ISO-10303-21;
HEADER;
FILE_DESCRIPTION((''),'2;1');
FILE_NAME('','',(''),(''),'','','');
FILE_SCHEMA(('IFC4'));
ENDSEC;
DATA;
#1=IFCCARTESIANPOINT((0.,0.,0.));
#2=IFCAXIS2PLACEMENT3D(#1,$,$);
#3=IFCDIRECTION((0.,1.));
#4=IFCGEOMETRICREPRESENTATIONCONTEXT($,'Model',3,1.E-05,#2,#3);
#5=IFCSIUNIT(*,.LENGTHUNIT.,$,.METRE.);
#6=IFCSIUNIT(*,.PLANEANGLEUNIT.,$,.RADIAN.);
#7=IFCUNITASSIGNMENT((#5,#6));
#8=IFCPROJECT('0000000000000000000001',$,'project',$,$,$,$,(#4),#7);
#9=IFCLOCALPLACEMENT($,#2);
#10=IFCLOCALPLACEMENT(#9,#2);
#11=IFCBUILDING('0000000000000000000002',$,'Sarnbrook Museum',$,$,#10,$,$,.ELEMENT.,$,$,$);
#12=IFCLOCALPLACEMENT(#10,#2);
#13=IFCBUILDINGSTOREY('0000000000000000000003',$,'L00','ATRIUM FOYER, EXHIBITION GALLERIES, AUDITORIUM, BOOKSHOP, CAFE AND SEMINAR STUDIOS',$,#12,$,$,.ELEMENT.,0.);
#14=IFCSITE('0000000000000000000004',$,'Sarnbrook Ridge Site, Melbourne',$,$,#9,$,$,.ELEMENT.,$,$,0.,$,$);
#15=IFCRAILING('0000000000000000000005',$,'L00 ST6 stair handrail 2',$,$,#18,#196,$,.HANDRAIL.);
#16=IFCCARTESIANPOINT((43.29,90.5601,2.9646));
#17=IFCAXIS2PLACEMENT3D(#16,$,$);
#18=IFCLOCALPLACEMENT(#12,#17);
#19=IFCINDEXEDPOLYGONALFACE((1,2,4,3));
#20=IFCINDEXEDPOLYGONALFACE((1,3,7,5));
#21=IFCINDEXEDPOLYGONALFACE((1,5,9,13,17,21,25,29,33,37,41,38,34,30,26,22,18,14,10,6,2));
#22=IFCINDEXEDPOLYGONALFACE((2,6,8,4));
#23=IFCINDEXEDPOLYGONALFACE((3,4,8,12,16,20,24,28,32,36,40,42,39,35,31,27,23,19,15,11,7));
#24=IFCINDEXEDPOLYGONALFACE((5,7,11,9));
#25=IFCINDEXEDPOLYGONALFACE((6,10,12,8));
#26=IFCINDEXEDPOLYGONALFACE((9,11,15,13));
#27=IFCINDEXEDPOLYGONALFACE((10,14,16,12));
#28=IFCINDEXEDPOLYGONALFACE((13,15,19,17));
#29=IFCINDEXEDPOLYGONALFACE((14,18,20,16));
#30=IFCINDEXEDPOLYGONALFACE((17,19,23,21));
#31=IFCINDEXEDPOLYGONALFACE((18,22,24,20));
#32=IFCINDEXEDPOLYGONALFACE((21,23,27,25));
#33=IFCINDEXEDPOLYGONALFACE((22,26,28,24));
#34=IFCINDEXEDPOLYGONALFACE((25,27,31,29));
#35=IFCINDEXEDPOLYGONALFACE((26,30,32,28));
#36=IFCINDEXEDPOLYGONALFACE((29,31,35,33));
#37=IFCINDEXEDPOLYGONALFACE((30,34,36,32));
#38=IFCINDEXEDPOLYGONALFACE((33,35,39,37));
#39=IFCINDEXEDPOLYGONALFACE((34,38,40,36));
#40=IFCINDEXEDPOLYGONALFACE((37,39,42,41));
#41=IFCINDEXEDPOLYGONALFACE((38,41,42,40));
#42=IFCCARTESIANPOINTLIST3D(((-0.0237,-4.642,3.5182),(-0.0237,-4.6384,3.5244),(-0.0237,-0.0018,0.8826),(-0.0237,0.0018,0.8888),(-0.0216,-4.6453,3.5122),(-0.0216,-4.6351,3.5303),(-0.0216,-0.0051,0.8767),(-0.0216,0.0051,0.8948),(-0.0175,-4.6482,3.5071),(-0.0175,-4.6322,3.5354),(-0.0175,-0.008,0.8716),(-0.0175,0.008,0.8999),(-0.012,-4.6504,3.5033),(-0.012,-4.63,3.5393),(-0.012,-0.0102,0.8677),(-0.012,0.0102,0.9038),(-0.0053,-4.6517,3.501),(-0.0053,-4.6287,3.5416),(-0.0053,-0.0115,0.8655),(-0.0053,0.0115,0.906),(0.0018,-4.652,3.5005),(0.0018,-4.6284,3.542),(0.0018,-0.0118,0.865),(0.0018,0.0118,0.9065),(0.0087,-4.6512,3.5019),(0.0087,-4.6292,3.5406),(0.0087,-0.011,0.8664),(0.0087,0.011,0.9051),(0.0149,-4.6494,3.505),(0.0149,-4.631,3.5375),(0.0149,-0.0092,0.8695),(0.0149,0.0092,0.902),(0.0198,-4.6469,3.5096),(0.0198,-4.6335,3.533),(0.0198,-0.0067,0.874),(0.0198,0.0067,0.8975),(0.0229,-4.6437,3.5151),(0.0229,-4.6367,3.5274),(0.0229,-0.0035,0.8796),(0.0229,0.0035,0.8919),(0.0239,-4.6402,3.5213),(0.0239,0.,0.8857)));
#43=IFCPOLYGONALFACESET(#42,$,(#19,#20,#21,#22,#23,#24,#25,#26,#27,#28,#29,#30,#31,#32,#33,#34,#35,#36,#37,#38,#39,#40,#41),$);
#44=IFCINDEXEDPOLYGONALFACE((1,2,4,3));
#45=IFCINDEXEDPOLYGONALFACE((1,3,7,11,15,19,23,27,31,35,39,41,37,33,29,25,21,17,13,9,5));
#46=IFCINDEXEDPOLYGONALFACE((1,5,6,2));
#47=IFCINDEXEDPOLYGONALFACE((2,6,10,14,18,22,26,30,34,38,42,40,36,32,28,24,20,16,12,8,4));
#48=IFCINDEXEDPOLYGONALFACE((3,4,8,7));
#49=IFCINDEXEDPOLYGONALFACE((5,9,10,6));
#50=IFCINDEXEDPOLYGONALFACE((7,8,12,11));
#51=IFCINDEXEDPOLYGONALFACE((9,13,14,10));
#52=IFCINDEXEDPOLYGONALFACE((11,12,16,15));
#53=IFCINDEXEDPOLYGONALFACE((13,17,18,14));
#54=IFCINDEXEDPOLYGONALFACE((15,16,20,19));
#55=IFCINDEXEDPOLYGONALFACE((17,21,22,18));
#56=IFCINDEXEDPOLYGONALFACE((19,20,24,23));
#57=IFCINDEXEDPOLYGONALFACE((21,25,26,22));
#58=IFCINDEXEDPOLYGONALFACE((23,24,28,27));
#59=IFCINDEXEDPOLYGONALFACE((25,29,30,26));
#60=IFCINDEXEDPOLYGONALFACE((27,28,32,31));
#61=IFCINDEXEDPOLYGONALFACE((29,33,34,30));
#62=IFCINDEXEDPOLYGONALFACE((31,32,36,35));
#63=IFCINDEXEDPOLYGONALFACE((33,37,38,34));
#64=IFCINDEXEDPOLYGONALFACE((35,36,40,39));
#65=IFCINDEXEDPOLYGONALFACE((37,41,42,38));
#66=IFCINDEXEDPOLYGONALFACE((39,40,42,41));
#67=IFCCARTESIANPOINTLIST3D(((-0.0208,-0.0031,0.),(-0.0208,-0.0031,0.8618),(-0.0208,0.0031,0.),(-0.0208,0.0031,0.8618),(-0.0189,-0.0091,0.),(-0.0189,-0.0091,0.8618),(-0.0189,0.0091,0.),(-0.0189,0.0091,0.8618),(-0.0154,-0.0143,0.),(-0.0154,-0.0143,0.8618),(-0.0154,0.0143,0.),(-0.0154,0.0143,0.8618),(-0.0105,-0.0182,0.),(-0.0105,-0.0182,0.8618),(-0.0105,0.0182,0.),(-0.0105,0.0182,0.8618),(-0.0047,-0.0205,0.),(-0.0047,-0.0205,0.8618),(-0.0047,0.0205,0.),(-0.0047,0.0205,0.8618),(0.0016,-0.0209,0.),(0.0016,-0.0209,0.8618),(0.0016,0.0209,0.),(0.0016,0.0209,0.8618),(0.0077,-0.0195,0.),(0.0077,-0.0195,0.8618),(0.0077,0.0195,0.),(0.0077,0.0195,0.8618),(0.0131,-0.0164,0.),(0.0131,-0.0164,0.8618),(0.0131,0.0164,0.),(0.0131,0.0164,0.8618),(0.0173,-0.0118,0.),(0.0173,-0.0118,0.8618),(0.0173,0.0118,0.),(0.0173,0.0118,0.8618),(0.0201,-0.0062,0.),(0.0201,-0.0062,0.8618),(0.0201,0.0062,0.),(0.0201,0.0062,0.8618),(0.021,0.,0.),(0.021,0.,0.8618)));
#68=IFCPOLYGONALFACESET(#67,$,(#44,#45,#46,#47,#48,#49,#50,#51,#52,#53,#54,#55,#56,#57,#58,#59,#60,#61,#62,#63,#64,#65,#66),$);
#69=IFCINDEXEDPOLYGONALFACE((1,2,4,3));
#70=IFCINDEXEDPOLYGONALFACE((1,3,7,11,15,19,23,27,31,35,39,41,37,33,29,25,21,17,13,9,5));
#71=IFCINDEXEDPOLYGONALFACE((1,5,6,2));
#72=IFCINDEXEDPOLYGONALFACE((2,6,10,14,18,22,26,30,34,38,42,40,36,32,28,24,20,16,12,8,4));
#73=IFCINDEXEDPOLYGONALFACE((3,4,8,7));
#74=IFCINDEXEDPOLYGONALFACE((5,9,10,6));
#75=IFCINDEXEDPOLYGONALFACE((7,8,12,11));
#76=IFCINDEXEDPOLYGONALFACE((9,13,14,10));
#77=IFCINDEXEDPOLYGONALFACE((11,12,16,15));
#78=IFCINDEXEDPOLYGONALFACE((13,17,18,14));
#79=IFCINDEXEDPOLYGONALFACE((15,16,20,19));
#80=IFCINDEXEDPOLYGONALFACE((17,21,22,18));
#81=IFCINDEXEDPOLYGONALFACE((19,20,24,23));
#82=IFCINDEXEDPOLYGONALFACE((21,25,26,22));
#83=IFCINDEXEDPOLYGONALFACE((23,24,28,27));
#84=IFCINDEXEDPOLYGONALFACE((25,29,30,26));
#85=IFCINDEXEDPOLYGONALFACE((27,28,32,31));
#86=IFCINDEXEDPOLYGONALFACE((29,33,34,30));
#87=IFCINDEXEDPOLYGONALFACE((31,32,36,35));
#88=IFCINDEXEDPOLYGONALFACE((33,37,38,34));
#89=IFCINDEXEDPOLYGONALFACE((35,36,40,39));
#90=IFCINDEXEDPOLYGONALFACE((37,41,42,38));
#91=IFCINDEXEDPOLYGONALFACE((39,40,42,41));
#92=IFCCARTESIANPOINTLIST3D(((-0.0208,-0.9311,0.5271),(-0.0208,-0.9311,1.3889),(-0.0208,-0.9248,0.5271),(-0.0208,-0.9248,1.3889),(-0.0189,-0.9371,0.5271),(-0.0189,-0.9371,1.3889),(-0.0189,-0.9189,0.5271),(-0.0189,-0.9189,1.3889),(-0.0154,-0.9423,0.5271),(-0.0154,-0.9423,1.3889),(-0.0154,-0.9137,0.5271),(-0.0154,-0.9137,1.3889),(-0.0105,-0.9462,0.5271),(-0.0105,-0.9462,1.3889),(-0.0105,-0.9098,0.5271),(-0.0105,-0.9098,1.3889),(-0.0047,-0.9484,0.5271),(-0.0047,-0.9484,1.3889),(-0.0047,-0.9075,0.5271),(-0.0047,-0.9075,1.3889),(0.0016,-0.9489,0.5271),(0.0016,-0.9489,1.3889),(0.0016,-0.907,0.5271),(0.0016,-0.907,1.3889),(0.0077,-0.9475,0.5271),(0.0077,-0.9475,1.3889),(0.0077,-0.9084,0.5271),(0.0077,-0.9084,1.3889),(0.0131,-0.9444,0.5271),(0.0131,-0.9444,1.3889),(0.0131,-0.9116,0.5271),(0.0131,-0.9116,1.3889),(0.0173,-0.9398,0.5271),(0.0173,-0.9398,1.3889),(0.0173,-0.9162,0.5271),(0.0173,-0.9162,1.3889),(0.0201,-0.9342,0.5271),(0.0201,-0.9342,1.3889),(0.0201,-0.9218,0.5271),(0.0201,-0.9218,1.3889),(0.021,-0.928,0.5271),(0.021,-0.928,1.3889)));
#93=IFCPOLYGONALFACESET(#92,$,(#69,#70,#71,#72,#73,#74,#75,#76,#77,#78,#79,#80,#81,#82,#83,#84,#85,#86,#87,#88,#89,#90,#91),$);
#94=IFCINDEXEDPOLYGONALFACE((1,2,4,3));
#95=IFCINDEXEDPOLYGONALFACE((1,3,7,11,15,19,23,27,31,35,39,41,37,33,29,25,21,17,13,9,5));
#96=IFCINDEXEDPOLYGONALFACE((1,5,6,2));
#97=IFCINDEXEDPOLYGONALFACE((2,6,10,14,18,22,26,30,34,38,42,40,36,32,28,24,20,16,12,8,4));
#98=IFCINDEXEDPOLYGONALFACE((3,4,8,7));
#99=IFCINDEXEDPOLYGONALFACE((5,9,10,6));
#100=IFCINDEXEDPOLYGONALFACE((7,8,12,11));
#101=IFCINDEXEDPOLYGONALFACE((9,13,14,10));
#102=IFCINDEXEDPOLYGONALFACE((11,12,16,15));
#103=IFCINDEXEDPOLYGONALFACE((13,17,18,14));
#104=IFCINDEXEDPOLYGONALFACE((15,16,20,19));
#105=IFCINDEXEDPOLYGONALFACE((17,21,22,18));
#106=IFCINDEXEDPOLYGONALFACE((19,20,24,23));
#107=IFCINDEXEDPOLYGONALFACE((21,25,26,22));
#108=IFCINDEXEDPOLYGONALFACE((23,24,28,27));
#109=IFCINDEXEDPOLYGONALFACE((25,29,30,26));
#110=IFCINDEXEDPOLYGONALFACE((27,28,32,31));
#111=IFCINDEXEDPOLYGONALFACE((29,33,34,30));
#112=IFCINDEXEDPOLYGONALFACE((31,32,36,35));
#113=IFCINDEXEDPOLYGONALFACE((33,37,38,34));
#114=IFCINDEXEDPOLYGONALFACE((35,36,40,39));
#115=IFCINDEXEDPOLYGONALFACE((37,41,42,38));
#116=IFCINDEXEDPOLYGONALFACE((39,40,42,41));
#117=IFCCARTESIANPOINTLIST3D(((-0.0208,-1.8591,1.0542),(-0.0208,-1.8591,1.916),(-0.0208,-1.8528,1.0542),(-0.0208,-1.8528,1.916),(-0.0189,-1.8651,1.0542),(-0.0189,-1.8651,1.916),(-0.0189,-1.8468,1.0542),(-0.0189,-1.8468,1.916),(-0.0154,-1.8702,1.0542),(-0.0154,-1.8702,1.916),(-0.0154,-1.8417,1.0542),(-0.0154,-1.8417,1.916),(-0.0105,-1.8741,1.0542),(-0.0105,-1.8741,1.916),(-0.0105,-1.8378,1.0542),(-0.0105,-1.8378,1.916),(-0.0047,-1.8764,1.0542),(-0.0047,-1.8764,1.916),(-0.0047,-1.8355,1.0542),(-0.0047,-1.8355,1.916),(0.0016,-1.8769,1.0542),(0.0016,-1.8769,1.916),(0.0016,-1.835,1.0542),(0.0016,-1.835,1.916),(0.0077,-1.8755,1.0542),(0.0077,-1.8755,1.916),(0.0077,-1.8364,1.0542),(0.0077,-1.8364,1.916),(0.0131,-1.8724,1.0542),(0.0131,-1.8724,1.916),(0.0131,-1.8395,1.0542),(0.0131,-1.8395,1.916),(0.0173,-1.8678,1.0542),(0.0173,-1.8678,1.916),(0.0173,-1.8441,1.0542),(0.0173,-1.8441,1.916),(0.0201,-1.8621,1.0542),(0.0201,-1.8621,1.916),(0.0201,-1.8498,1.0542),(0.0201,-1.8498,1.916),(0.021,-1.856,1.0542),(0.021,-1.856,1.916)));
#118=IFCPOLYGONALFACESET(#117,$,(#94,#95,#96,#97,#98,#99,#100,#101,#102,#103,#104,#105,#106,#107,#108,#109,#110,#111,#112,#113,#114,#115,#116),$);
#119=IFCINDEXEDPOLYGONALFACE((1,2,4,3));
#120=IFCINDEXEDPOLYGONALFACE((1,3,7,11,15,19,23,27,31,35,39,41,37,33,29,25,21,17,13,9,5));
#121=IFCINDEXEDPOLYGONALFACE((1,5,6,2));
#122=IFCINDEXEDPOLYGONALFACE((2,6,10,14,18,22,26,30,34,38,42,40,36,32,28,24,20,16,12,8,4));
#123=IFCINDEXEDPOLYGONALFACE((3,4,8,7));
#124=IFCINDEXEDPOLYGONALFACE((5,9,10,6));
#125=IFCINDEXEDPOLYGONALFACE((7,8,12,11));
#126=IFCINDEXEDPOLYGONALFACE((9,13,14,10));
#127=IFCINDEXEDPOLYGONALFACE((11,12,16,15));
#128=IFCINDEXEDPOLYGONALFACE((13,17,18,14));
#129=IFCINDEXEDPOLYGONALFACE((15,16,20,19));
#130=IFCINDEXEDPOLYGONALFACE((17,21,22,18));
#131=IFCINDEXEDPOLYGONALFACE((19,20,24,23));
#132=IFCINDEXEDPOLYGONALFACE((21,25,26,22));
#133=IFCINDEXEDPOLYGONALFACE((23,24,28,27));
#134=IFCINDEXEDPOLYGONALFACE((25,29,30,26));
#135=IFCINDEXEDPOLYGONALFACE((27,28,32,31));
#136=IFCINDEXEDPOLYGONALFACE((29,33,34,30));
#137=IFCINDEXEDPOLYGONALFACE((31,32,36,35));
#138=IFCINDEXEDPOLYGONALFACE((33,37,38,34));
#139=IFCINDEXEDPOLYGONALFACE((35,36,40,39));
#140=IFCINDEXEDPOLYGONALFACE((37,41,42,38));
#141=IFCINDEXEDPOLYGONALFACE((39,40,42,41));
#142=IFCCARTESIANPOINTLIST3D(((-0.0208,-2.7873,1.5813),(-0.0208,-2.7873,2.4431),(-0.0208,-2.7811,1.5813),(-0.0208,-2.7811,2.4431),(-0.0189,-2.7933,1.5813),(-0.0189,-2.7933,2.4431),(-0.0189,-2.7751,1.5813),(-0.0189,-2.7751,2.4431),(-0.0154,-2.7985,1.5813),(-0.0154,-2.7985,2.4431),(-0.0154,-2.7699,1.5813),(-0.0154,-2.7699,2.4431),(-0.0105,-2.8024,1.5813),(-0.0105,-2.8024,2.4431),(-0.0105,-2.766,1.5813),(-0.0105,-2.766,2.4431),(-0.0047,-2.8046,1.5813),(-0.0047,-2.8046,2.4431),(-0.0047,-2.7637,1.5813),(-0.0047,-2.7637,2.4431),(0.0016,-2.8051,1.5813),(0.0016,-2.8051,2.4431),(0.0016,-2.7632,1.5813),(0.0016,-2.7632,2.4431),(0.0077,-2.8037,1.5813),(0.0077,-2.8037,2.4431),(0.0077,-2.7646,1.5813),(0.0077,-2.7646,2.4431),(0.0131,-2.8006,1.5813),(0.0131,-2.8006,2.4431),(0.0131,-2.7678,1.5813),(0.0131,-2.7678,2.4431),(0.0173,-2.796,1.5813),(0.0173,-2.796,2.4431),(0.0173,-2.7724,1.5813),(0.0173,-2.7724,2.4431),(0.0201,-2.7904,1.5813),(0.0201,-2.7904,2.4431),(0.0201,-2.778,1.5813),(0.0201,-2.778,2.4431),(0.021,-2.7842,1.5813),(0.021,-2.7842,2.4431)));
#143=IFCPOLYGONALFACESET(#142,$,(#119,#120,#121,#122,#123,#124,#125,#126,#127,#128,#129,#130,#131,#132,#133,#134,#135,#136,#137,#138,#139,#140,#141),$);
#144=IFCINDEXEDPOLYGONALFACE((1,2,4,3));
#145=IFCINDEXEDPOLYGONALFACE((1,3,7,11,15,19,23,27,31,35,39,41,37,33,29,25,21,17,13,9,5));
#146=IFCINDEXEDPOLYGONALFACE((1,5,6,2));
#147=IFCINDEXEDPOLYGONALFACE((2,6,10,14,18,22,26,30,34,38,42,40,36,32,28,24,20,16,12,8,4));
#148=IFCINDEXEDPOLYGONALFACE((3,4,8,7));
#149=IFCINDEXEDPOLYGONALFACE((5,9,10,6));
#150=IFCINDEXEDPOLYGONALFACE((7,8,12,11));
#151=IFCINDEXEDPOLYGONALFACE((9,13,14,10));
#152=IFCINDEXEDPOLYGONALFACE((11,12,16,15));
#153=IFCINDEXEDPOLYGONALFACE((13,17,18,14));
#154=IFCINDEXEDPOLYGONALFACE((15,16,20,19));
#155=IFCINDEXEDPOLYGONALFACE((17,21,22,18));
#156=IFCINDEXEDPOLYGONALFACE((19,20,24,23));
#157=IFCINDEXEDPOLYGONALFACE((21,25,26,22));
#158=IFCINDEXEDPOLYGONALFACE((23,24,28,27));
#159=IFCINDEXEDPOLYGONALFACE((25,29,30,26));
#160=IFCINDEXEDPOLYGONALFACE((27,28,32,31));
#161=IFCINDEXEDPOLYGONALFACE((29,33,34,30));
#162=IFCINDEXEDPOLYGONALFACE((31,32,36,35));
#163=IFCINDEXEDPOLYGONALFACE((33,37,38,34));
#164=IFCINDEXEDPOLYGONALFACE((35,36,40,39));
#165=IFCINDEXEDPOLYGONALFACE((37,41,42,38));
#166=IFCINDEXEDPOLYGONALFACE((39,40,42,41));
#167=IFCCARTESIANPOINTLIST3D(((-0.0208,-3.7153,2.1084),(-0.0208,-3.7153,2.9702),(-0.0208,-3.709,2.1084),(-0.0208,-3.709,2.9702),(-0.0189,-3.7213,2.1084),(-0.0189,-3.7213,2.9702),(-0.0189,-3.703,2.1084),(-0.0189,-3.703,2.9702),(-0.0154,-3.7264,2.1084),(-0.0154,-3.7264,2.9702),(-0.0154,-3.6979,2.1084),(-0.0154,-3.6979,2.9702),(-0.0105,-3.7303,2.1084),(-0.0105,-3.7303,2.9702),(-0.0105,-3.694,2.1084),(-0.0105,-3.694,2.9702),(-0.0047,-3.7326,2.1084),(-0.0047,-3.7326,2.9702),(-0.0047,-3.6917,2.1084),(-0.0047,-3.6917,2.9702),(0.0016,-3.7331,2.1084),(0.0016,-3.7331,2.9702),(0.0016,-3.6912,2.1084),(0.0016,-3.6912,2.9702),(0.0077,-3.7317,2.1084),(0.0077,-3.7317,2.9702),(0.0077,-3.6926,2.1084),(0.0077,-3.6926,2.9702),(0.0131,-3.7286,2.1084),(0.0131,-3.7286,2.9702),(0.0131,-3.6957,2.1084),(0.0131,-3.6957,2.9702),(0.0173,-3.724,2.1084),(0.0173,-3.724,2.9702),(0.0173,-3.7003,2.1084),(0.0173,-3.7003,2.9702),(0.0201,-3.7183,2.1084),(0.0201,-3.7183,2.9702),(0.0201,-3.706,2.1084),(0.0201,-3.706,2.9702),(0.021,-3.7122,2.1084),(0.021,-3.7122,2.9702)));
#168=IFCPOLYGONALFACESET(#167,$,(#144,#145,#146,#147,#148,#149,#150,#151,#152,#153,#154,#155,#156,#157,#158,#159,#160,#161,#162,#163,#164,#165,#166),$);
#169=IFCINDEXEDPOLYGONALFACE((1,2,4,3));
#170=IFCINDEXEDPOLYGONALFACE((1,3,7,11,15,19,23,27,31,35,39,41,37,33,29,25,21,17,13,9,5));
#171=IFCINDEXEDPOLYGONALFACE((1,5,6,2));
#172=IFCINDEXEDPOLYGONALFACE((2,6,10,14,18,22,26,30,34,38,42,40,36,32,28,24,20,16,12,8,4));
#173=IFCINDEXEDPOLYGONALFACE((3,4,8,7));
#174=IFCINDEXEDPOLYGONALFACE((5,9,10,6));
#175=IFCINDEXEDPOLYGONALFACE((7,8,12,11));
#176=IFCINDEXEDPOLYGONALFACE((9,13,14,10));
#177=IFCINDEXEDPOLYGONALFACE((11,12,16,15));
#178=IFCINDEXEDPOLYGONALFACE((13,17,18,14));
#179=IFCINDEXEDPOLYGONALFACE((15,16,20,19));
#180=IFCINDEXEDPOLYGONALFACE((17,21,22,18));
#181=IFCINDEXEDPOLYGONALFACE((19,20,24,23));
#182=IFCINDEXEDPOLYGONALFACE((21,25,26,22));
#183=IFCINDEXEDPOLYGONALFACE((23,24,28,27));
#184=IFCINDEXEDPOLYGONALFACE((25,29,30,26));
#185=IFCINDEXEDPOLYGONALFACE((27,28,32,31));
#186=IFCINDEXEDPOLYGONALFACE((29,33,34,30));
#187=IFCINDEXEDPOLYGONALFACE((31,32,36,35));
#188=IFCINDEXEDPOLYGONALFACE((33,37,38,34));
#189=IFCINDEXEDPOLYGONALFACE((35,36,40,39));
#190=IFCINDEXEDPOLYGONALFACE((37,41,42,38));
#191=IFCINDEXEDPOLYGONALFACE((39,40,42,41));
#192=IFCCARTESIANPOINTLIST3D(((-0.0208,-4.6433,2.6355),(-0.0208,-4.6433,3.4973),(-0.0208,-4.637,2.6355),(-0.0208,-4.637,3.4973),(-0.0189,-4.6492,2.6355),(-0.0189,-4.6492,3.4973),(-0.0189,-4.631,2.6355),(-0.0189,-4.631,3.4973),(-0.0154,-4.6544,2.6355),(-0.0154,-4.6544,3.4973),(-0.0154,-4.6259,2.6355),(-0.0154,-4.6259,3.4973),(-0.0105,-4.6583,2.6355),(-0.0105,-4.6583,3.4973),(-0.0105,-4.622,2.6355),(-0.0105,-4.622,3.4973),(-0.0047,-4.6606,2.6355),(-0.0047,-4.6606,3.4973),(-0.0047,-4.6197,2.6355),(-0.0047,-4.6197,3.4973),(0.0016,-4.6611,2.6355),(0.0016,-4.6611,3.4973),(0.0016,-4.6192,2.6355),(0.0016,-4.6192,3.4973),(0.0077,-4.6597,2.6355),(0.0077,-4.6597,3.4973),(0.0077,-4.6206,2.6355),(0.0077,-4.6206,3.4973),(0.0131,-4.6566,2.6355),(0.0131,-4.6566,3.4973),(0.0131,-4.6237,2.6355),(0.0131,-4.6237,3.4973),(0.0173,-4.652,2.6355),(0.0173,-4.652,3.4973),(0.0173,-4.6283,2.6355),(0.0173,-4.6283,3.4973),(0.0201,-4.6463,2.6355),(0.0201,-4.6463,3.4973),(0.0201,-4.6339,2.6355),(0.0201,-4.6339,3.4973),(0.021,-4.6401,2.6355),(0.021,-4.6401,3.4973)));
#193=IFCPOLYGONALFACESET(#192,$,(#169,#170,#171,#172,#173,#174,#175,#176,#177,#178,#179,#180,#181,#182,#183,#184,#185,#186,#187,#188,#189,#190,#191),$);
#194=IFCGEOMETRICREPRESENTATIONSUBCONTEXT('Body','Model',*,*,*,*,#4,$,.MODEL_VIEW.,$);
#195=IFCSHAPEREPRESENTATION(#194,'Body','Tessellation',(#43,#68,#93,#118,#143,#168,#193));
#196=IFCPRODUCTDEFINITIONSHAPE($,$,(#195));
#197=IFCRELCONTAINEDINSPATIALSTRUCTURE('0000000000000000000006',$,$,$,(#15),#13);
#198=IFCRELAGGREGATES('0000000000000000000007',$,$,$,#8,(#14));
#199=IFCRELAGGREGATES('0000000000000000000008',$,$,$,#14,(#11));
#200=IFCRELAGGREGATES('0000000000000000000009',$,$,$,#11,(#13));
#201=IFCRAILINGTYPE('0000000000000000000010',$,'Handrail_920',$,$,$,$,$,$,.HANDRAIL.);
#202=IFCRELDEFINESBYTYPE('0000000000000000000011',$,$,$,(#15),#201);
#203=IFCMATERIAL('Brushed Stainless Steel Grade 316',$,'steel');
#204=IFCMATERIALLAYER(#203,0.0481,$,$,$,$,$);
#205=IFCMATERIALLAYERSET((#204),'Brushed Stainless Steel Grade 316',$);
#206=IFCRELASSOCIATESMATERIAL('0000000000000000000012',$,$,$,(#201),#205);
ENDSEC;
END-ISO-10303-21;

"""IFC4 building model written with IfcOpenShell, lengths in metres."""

from ifc_helpers import new_model, si_unit, direction, frame, origin, origin_2d, place, context, subcontext, project, spatial, circle, extrude, material, layer, layer_set, type_object, element, save


model = new_model("IFC4")

# Units and contexts
model_context = context("Model", 3, precision=1e-05, world=origin(), true_north=direction((0.0, 1.0)))
body_context = subcontext(model_context, "Body", "Model", "MODEL_VIEW")
ifc_project = project(units=[si_unit("LENGTHUNIT", "METRE"), si_unit("PLANEANGLEUNIT", "RADIAN")], contexts=[model_context])

# Site, building, storey
site_placement = place(None, origin())
site = spatial("IfcSite", under=ifc_project, at=site_placement, Name="Sarnbrook Ridge Site, Melbourne", CompositionType="ELEMENT", RefElevation=0.0)
building_placement = place(site_placement, origin())
building = spatial("IfcBuilding", under=site, at=building_placement, Name="Sarnbrook Museum", CompositionType="ELEMENT")
storey_placement = place(building_placement, origin())
storey = spatial("IfcBuildingStorey", under=building, at=storey_placement, Name="L00", Description="ATRIUM FOYER, EXHIBITION GALLERIES, AUDITORIUM, BOOKSHOP, CAFE AND SEMINAR STUDIOS", CompositionType="ELEMENT", Elevation=0.0)

# Shared definitions
ifc_material_1 = material(Name="Brushed Stainless Steel Grade 316", Category="steel")

# Railing
ifc_layer_1 = layer(ifc_material_1, 0.0481)
ifc_layer_set_1 = layer_set([ifc_layer_1], Name="Brushed Stainless Steel Grade 316")
railing_type_1 = type_object("IfcRailingType", Name="Handrail_920", PredefinedType="HANDRAIL", material=ifc_layer_set_1)
railing_1_placement = place(storey_placement, frame((43.29, 90.5601, 2.9646)))
element("IfcRailing", 1, at=railing_1_placement, inside=storey, type_object=railing_type_1, Name="L00 ST6 stair handrail 2", PredefinedType="HANDRAIL", context=body_context, shape_type="SweptSolid", body=[
    extrude(circle(Radius=0.0239, at=origin_2d()), frame((0.0, 0.0, 0.8857), z_axis=(0.0, -0.869532, 0.493876), x_axis=(1.0, 0.0, 0.0)), (0.0, 0.0, 1.0), 5.3364),
    extrude(circle(Radius=0.021, at=origin_2d()), origin(), (0.0, 0.0, 1.0), 0.8618),
    extrude(circle(Radius=0.021, at=origin_2d()), frame((0.0, -0.928, 0.5271)), (0.0, 0.0, 1.0), 0.8618),
    extrude(circle(Radius=0.021, at=origin_2d()), frame((0.0, -1.856, 1.0542)), (0.0, 0.0, 1.0), 0.8618),
    extrude(circle(Radius=0.021, at=origin_2d()), frame((0.0, -2.7842, 1.5813)), (0.0, 0.0, 1.0), 0.8618),
    extrude(circle(Radius=0.021, at=origin_2d()), frame((0.0, -3.7122, 2.1084)), (0.0, 0.0, 1.0), 0.8618),
    extrude(circle(Radius=0.021, at=origin_2d()), frame((0.0, -4.6401, 2.6355)), (0.0, 0.0, 1.0), 0.8618),
])

save(model, "model.ifc")
